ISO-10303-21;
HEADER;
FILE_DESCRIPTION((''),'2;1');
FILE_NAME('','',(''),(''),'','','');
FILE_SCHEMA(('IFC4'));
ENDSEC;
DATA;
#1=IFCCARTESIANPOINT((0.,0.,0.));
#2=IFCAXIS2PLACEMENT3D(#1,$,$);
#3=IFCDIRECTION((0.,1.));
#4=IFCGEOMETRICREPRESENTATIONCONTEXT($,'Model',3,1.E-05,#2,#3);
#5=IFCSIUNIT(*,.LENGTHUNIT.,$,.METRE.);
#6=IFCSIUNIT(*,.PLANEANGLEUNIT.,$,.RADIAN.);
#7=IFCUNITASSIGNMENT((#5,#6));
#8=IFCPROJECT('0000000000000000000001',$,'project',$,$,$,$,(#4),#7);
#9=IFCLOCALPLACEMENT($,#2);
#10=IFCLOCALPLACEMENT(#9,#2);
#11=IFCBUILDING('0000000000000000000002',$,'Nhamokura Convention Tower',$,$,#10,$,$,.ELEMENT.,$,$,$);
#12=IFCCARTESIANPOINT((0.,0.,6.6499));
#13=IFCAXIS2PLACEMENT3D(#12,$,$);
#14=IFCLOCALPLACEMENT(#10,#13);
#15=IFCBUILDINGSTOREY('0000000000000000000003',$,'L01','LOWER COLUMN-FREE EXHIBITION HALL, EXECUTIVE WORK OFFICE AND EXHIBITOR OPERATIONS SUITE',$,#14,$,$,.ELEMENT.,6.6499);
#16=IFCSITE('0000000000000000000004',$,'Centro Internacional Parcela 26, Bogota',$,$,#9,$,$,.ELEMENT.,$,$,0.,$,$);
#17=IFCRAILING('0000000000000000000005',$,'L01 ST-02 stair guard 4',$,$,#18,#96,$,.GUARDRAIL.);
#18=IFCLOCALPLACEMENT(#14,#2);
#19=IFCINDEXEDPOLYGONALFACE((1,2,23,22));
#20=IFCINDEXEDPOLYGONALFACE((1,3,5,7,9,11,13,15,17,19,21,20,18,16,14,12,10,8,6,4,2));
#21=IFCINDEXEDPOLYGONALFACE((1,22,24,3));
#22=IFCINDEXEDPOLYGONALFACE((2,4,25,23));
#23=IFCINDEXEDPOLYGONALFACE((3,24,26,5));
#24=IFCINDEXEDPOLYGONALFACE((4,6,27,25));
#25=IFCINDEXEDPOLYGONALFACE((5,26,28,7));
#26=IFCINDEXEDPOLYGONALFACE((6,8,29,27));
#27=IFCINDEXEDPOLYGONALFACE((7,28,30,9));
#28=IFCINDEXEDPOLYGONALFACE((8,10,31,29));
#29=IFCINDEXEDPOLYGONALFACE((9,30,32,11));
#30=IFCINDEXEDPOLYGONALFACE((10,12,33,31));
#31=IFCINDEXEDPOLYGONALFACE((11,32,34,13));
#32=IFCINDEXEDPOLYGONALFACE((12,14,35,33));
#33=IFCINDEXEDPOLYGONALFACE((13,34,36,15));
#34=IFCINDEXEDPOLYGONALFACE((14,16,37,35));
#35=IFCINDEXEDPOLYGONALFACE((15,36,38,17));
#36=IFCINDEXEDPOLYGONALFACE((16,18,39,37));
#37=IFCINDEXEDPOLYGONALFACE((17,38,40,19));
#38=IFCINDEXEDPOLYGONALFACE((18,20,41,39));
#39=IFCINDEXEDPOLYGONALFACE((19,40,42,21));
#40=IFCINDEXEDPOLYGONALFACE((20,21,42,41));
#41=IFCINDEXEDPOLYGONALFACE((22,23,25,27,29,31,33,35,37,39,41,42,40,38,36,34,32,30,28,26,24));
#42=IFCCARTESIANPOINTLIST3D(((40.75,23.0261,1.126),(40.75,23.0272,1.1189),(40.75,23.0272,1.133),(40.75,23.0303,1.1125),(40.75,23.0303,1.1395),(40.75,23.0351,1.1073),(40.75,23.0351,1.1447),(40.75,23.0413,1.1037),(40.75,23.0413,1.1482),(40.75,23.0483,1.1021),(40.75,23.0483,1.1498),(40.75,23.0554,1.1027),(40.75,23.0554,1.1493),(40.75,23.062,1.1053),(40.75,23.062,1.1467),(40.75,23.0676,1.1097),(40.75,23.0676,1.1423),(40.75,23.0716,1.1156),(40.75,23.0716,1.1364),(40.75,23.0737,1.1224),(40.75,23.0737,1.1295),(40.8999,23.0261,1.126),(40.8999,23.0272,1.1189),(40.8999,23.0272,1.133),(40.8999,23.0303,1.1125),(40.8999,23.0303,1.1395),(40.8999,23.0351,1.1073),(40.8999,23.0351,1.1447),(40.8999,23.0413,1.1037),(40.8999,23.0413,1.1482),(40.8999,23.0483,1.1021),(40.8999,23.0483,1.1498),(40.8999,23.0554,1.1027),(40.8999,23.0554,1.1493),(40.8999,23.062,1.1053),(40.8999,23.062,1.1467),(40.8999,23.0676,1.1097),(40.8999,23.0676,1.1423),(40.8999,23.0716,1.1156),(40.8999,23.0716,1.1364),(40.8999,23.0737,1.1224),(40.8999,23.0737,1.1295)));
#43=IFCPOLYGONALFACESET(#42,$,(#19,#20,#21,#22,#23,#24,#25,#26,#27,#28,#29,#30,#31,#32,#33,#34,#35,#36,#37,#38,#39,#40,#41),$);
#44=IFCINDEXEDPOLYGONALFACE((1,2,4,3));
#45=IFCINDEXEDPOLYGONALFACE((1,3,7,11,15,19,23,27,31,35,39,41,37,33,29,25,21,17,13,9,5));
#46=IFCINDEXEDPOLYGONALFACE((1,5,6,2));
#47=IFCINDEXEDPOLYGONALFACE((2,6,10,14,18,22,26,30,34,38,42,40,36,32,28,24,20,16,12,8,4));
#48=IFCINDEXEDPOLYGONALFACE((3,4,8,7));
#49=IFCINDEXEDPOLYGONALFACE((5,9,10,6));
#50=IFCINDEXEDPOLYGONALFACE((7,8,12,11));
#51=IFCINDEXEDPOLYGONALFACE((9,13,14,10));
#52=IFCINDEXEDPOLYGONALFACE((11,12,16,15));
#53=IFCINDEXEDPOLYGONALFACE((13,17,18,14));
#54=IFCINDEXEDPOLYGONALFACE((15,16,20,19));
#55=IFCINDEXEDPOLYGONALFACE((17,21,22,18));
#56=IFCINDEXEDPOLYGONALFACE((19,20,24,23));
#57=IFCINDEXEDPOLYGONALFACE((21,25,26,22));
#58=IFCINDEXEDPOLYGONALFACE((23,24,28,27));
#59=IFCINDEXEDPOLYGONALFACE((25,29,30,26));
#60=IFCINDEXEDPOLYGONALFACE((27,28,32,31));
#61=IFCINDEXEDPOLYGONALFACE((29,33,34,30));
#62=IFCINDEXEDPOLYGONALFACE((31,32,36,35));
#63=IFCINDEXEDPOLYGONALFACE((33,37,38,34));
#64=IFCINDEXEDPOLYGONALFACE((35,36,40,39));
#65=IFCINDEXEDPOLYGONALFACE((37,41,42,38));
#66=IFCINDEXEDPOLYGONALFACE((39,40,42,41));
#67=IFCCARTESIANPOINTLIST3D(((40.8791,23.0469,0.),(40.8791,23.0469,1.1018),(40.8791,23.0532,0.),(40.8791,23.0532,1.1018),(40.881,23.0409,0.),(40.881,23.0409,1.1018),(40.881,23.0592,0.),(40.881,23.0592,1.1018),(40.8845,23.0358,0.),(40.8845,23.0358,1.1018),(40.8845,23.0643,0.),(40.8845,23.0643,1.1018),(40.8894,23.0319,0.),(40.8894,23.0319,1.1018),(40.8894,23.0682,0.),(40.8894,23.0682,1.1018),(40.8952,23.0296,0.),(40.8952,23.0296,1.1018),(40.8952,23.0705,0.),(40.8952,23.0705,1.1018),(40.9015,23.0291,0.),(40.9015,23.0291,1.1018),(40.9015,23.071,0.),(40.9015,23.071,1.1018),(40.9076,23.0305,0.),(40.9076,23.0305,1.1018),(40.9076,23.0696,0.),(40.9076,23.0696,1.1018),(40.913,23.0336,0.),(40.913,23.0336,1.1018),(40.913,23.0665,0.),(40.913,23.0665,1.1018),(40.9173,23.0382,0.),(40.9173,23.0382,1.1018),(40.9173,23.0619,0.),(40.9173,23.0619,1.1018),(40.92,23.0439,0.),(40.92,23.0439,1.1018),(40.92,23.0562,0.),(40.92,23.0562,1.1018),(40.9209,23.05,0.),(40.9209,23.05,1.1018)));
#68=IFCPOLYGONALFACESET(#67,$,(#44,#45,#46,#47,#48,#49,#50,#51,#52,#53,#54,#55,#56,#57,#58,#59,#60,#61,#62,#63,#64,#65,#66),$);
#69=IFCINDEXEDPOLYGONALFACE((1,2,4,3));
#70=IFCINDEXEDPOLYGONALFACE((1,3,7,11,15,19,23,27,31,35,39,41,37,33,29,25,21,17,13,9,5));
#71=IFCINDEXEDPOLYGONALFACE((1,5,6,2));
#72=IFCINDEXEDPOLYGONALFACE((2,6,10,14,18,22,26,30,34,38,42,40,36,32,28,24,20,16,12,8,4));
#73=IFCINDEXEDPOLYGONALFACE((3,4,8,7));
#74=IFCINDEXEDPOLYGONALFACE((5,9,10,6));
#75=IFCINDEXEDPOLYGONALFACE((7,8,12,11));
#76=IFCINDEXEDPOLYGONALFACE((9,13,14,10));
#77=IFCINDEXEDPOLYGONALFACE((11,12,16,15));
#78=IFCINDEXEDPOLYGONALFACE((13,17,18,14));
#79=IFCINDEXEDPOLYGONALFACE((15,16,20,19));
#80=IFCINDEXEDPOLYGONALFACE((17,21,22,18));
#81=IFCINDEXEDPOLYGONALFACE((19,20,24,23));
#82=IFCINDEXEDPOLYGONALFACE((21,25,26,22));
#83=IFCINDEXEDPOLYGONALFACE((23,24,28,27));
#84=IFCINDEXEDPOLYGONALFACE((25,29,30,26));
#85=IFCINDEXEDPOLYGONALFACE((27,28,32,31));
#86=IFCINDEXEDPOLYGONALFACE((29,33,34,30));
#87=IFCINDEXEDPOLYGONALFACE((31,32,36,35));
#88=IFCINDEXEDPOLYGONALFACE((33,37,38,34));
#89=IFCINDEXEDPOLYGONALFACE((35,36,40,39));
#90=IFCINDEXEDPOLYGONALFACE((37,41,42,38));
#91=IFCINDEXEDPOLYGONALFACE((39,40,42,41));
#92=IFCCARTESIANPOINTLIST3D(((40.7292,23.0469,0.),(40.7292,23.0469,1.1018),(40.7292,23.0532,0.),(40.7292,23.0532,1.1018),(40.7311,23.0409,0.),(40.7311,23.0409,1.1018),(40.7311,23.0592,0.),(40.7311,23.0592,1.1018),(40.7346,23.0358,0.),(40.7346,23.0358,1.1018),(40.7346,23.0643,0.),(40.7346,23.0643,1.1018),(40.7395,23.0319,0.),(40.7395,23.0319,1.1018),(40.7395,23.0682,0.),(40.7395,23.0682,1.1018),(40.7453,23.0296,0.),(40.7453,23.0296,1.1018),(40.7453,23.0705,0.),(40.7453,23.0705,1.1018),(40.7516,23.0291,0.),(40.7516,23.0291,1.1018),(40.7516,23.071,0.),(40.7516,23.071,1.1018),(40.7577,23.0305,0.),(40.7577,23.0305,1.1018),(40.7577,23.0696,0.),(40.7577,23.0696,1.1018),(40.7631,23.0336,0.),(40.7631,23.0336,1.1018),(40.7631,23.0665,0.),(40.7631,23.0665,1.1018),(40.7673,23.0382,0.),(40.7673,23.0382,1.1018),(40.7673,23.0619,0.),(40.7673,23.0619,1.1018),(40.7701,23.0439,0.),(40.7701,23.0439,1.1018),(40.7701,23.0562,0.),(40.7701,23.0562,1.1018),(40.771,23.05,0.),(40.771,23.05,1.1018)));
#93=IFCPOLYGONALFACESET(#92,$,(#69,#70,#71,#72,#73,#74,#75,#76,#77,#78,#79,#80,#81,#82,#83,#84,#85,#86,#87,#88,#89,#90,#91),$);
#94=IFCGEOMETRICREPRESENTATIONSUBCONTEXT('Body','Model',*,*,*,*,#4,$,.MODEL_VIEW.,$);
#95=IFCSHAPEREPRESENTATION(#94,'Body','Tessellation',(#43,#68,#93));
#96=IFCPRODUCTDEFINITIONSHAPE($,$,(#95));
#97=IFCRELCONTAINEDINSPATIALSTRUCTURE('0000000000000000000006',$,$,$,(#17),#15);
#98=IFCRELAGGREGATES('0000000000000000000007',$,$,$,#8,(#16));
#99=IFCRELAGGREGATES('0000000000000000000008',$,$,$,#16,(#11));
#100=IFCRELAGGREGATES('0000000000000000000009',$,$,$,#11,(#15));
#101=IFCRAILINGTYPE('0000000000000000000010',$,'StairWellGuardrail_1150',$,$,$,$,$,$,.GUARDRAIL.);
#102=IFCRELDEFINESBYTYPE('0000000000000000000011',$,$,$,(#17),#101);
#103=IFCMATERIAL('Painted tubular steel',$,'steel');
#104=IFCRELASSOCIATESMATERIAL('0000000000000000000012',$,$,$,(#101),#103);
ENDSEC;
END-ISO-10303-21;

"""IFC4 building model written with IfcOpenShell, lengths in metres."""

from ifc_helpers import new_model, si_unit, direction, frame, origin, origin_2d, place, context, subcontext, project, spatial, circle, extrude, material, type_object, element, save


model = new_model("IFC4")

# Units and contexts
model_context = context("Model", 3, precision=1e-05, world=origin(), true_north=direction((0.0, 1.0)))
body_context = subcontext(model_context, "Body", "Model", "MODEL_VIEW")
ifc_project = project(units=[si_unit("LENGTHUNIT", "METRE"), si_unit("PLANEANGLEUNIT", "RADIAN")], contexts=[model_context])

# Site, building, storey
site_placement = place(None, origin())
site = spatial("IfcSite", under=ifc_project, at=site_placement, Name="Centro Internacional Parcela 26, Bogota", CompositionType="ELEMENT", RefElevation=0.0)
building_placement = place(site_placement, origin())
building = spatial("IfcBuilding", under=site, at=building_placement, Name="Nhamokura Convention Tower", CompositionType="ELEMENT")
storey_placement = place(building_placement, frame((0.0, 0.0, 6.6499)))
storey = spatial("IfcBuildingStorey", under=building, at=storey_placement, Name="L01", Description="LOWER COLUMN-FREE EXHIBITION HALL, EXECUTIVE WORK OFFICE AND EXHIBITOR OPERATIONS SUITE", CompositionType="ELEMENT", Elevation=6.6499)

# Railing
ifc_material_1 = material(Name="Painted tubular steel", Category="steel")
railing_type_1 = type_object("IfcRailingType", Name="StairWellGuardrail_1150", PredefinedType="GUARDRAIL", material=ifc_material_1)
railing_1_placement = place(storey_placement, frame((40.8999, 23.05, 0.0)))
element("IfcRailing", 1, at=railing_1_placement, inside=storey, type_object=railing_type_1, Name="L01 ST-02 stair guard 4", PredefinedType="GUARDRAIL", context=body_context, shape_type="SweptSolid", body=[
    extrude(circle(Radius=0.0239, at=origin_2d()), frame((0.0, 0.0, 1.126), z_axis=(-1.0, 0.0, 0.0), x_axis=(0.0, -1.0, 0.0)), (0.0, 0.0, 1.0), 0.1499),
    extrude(circle(Radius=0.021, at=origin_2d()), origin(), (0.0, 0.0, 1.0), 1.1018),
    extrude(circle(Radius=0.021, at=origin_2d()), frame((-0.1499, 0.0, 0.0)), (0.0, 0.0, 1.0), 1.1018),
])

save(model, "model.ifc")
